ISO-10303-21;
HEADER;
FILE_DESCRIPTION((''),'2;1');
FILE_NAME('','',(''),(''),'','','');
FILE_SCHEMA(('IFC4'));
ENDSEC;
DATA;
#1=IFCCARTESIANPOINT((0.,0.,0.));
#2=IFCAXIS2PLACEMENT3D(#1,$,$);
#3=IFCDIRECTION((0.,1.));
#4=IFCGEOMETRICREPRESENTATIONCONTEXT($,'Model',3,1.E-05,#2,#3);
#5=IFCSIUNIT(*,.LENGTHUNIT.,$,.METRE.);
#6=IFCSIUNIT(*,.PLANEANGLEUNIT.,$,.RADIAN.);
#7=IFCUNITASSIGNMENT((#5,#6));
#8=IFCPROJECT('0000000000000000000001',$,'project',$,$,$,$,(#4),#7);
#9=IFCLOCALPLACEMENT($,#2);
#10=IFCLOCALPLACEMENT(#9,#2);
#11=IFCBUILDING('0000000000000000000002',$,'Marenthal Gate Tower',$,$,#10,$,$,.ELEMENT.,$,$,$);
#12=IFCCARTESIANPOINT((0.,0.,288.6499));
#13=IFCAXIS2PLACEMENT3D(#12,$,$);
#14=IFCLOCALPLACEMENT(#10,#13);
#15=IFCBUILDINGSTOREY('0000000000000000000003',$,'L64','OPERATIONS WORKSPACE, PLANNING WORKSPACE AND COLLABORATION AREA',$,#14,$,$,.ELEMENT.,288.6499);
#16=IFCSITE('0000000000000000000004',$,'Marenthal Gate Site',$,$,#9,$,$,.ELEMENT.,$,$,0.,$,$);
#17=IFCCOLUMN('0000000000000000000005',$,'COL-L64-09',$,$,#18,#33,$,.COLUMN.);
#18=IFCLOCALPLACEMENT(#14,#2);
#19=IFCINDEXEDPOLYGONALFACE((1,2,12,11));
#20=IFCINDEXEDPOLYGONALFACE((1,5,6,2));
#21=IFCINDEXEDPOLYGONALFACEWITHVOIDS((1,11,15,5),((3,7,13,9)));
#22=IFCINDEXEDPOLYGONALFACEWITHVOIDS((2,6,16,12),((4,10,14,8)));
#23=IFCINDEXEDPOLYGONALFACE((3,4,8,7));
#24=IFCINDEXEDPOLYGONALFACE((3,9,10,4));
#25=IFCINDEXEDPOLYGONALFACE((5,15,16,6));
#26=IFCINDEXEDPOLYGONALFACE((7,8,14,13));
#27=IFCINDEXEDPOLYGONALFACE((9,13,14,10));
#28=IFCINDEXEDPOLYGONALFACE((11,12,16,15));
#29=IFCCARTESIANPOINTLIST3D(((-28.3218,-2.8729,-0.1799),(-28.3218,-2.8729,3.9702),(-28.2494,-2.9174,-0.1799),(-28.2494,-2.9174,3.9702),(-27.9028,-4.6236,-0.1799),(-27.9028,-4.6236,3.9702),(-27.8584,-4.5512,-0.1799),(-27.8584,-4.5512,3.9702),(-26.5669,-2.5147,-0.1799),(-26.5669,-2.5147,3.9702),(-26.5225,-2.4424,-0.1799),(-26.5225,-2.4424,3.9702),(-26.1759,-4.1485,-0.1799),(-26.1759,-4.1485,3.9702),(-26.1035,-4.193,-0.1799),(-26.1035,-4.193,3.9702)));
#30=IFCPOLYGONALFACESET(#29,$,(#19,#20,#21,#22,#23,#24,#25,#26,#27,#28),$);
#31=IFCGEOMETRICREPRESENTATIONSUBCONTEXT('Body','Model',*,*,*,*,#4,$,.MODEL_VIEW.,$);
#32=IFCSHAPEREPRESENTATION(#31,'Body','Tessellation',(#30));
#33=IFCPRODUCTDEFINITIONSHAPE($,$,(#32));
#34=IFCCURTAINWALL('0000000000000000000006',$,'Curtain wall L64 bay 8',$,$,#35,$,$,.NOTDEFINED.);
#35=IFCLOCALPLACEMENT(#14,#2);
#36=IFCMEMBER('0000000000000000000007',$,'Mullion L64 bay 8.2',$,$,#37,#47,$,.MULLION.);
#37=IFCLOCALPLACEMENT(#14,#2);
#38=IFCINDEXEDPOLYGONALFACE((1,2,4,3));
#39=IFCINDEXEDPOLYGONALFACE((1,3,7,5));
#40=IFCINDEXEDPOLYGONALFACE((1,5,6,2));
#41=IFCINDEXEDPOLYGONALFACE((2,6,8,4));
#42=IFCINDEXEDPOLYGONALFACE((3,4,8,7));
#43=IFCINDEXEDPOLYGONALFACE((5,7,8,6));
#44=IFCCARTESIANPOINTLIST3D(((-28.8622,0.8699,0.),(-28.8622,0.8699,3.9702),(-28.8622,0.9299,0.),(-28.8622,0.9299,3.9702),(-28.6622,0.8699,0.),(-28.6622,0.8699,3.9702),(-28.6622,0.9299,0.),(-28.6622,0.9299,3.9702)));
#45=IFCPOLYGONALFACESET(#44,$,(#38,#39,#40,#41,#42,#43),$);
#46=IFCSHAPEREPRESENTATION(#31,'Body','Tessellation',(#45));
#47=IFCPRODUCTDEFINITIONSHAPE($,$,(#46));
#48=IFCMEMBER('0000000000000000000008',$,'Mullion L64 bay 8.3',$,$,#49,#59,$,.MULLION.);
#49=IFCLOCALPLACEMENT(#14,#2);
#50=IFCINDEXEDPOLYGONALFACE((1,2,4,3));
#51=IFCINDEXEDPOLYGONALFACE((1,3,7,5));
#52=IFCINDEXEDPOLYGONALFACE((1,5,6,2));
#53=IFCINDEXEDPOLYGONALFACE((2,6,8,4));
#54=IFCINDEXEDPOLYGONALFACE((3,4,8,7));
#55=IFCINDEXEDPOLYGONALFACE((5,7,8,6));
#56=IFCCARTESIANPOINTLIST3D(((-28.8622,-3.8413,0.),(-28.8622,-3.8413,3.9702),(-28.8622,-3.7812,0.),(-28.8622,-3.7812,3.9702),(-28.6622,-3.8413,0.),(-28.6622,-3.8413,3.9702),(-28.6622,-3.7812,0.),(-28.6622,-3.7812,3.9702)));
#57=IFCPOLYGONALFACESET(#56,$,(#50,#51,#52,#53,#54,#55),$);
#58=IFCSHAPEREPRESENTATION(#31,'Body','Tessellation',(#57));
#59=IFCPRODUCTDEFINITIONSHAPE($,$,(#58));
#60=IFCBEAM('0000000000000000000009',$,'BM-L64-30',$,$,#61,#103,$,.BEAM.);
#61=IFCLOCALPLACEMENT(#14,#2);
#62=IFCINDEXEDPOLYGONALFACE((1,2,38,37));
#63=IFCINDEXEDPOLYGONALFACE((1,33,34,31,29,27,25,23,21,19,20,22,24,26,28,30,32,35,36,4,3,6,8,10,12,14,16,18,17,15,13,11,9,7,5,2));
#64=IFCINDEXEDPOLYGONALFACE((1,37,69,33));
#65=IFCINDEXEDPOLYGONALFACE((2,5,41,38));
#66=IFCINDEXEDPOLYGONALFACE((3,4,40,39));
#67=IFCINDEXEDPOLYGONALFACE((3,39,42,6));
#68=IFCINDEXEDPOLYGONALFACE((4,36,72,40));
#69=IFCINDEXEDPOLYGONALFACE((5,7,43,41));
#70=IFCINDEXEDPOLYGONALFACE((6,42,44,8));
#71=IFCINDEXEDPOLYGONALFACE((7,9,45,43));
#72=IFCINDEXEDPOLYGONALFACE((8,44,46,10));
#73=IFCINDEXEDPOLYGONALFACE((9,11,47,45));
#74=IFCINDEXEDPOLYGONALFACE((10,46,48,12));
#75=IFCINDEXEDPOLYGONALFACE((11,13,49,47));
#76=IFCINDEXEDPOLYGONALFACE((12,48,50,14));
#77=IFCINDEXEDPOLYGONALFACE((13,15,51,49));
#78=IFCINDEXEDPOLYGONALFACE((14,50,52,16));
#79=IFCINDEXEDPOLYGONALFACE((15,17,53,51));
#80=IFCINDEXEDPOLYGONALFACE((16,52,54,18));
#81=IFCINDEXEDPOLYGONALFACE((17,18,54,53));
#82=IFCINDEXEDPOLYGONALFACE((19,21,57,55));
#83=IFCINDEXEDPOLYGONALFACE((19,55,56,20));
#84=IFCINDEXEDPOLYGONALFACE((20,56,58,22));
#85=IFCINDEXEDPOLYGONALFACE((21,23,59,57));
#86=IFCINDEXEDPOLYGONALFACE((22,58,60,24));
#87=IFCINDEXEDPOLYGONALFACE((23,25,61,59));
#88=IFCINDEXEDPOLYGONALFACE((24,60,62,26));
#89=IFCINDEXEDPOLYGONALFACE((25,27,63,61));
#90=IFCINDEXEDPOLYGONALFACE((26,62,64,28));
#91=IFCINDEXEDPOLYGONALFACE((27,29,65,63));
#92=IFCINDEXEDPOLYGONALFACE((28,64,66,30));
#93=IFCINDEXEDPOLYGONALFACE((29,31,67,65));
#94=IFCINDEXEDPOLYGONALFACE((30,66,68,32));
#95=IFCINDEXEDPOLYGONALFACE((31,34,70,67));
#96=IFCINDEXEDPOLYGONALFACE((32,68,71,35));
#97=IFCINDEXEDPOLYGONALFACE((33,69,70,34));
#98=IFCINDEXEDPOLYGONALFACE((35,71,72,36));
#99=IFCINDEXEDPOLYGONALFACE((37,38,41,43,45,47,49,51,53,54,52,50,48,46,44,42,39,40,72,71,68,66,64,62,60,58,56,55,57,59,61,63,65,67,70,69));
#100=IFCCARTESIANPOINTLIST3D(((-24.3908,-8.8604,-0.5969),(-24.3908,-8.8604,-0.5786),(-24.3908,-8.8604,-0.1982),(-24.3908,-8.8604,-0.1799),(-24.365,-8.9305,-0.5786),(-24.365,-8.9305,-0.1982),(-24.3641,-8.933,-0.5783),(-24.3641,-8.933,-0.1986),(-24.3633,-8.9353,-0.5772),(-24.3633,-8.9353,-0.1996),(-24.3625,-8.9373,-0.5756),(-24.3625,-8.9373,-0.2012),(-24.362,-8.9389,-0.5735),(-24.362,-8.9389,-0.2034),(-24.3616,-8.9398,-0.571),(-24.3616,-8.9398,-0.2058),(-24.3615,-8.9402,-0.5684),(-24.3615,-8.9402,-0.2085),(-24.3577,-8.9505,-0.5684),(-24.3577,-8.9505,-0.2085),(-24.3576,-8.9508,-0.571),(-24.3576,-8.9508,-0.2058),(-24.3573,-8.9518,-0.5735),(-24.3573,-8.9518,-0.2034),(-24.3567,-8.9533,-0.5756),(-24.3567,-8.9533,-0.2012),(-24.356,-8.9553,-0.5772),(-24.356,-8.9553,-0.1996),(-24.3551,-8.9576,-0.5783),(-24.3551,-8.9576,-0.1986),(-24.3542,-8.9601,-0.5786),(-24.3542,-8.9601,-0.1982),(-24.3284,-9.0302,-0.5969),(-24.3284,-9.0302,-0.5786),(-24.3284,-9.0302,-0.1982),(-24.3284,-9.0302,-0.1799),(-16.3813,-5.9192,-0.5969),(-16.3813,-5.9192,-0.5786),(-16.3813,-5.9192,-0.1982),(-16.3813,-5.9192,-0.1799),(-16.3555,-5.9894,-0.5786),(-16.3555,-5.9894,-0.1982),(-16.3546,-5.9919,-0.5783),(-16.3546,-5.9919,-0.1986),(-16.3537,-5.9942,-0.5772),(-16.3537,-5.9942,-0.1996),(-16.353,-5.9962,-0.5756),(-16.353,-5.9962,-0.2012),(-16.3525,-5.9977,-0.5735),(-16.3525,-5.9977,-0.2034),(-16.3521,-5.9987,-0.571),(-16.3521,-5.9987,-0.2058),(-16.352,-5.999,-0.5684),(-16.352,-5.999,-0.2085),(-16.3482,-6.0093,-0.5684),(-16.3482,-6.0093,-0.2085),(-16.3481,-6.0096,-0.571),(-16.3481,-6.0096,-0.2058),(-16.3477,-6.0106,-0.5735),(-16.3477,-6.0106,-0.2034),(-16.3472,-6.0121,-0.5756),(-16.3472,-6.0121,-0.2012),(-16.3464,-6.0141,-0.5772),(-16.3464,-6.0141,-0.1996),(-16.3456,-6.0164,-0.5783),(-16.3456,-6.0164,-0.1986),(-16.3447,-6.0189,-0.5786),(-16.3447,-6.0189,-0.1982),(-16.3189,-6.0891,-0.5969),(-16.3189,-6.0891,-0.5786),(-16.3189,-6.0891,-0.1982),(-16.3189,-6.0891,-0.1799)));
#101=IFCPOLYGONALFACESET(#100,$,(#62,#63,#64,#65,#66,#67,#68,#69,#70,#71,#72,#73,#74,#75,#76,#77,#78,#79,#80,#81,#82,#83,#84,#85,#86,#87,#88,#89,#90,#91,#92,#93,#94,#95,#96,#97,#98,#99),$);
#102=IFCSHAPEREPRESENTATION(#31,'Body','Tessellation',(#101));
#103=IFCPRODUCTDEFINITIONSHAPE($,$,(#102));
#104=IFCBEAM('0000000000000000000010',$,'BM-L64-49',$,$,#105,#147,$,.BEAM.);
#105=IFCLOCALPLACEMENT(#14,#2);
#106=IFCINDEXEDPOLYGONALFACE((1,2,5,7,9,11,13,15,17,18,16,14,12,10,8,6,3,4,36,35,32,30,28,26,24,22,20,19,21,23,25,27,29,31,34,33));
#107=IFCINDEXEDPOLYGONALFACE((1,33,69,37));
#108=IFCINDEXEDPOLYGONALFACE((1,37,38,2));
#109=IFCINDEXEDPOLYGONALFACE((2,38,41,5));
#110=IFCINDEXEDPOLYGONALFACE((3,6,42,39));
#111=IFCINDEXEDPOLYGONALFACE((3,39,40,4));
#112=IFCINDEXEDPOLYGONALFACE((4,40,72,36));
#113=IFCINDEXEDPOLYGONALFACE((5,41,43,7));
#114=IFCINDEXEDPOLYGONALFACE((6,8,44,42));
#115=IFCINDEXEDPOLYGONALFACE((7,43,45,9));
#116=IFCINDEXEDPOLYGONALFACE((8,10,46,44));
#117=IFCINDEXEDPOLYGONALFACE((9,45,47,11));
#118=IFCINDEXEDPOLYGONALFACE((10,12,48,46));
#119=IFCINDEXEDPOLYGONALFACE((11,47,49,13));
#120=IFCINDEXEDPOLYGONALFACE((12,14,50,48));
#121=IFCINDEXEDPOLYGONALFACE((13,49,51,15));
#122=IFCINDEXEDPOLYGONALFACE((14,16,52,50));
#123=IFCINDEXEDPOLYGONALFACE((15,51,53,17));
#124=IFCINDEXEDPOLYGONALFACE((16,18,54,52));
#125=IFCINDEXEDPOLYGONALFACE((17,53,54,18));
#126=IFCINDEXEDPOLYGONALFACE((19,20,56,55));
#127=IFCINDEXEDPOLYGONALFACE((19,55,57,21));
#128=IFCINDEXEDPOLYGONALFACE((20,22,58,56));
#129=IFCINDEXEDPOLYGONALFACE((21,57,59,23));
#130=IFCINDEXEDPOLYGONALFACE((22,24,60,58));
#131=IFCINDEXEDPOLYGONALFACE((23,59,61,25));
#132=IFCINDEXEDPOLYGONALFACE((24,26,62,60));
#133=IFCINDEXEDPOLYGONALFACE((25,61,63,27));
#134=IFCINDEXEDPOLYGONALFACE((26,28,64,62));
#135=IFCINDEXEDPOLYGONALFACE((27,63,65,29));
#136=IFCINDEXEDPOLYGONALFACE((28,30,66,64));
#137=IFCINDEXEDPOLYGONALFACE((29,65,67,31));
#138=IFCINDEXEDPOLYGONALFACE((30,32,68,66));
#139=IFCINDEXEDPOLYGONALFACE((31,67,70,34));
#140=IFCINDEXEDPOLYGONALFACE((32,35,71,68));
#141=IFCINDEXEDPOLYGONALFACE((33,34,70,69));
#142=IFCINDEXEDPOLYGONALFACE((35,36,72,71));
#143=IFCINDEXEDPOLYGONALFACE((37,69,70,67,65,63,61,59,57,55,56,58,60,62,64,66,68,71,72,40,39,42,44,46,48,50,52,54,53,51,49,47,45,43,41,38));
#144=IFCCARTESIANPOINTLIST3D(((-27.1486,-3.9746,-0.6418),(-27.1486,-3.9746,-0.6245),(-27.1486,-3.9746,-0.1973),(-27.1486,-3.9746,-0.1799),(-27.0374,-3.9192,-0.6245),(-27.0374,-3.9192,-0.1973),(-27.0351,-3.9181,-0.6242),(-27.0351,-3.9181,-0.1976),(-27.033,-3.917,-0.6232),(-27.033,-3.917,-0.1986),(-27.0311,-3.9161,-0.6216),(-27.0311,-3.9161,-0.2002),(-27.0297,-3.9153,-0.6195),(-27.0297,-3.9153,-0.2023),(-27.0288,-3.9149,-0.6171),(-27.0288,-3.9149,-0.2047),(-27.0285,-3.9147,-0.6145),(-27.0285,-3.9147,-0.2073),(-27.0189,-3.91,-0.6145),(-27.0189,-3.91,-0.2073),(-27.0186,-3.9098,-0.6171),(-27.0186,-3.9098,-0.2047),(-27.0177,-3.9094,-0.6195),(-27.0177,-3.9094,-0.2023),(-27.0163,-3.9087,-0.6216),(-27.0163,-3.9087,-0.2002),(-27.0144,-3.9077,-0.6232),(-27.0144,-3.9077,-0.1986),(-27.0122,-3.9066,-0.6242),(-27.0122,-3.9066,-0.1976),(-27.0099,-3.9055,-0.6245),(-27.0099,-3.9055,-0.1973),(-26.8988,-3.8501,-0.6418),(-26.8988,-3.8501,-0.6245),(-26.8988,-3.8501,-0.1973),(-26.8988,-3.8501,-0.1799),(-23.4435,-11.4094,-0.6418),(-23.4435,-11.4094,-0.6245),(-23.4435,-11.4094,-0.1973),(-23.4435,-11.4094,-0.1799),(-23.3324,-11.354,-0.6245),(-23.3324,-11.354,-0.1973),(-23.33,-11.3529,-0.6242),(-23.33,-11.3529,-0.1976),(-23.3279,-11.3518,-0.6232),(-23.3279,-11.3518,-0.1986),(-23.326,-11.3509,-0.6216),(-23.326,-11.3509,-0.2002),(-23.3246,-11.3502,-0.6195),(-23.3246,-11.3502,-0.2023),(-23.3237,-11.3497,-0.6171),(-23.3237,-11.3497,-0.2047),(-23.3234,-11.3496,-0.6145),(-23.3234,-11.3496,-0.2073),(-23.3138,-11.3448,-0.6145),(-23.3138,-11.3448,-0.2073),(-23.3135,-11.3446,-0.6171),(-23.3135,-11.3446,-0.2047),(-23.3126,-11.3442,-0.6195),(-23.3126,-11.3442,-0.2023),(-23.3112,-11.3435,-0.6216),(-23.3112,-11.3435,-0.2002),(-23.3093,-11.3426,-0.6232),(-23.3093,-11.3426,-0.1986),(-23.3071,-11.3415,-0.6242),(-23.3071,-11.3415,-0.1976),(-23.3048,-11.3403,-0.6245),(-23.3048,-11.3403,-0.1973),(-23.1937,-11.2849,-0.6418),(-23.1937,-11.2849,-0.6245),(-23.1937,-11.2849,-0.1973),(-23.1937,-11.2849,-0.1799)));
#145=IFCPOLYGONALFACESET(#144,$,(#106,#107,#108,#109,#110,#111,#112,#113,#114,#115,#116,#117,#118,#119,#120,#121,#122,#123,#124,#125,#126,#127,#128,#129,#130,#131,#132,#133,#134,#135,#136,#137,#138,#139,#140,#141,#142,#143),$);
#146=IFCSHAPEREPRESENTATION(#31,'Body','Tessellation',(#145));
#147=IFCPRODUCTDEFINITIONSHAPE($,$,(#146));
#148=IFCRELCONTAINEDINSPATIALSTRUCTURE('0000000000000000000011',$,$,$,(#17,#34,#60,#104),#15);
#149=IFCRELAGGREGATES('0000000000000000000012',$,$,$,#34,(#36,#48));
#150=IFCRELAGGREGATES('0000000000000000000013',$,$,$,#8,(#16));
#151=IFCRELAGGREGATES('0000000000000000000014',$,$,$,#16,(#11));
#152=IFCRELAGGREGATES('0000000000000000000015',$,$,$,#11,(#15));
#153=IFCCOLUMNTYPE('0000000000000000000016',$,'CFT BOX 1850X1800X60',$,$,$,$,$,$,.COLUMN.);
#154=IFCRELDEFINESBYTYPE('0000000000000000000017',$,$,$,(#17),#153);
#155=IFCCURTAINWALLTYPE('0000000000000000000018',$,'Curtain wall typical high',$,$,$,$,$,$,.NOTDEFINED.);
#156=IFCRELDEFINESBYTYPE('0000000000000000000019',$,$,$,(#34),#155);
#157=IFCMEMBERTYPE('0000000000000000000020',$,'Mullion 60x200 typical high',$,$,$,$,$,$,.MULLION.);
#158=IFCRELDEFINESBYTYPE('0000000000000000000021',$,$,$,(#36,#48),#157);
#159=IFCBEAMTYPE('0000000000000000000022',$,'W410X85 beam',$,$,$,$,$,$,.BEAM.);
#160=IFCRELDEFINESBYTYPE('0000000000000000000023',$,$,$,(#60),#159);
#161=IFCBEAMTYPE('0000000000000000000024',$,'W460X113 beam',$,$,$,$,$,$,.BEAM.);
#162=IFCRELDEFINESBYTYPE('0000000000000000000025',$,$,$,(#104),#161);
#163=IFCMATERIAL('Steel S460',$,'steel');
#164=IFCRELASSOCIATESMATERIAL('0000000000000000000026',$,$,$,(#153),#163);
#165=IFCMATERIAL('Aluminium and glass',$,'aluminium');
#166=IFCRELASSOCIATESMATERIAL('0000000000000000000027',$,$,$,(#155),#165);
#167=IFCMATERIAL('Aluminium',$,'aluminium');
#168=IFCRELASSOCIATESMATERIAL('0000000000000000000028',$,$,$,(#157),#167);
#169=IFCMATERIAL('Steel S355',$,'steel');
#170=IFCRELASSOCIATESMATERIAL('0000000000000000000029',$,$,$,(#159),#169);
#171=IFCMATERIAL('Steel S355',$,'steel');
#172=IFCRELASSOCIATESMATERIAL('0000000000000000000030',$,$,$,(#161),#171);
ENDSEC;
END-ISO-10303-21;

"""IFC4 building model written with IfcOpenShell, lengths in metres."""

from ifc_helpers import new_model, si_unit, direction, frame, origin, origin_2d, place, context, subcontext, project, spatial, rectangle, hollow_rectangle, i_section, extrude, material, material_profile, profile_set, type_object, element, aggregate, save


model = new_model("IFC4")

# Units and contexts
model_context = context("Model", 3, precision=1e-05, world=origin(), true_north=direction((0.0, 1.0)))
body_context = subcontext(model_context, "Body", "Model", "MODEL_VIEW")
ifc_project = project(units=[si_unit("LENGTHUNIT", "METRE"), si_unit("PLANEANGLEUNIT", "RADIAN")], contexts=[model_context])

# Site, building, storey
site_placement = place(None, origin())
site = spatial("IfcSite", under=ifc_project, at=site_placement, Name="Marenthal Gate Site", CompositionType="ELEMENT", RefElevation=0.0)
building_placement = place(site_placement, origin())
building = spatial("IfcBuilding", under=site, at=building_placement, Name="Marenthal Gate Tower", CompositionType="ELEMENT")
storey_placement = place(building_placement, frame((0.0, 0.0, 288.6499)))
storey = spatial("IfcBuildingStorey", under=building, at=storey_placement, Name="L64", Description="OPERATIONS WORKSPACE, PLANNING WORKSPACE AND COLLABORATION AREA", CompositionType="ELEMENT", Elevation=288.6499)

# Column
ifc_material_1 = material(Name="Steel S460", Category="steel")
ifc_material_profile_1 = material_profile(ifc_material_1, hollow_rectangle(XDim=1.8, YDim=1.8501, WallThickness=0.0601, at=origin_2d()), Name="CFT BOX 1850X1800X60")
ifc_material_2 = material(Name="Concrete 70 MPa", Category="concrete")
ifc_material_profile_2 = material_profile(ifc_material_2, rectangle(XDim=1.6799, YDim=1.73, at=origin_2d()), Name="CFT BOX 1850X1800X60 INFILL")
ifc_profile_set_1 = profile_set([ifc_material_profile_1, ifc_material_profile_2], Name="Steel S460 shell, Concrete 70 MPa infill")
column_type = type_object("IfcColumnType", Name="CFT BOX 1850X1800X60", PredefinedType="COLUMN", material=ifc_profile_set_1)
column_placement = place(storey_placement, frame((-27.2126, -3.533, -0.1799), z_axis=(0.0, 0.0, 1.0), x_axis=(-0.232739, 0.972539, 0.0)))
element("IfcColumn", 1, at=column_placement, inside=storey, type_object=column_type, Name="COL-L64-09", PredefinedType="COLUMN", context=body_context, shape_type="SweptSolid", body=[
    extrude(hollow_rectangle(XDim=1.8, YDim=1.8501, WallThickness=0.0601, at=origin_2d()), origin(), (0.0, 0.0, 1.0), 4.1501),
])

# Curtain wall, members
ifc_material_3 = material(Name="Aluminium and glass", Category="aluminium")
curtain_wall_type = type_object("IfcCurtainWallType", Name="Curtain wall typical high", PredefinedType="NOTDEFINED", material=ifc_material_3)
curtain_wall_placement = place(storey_placement, origin())
curtain_wall = element("IfcCurtainWall", 2, at=curtain_wall_placement, inside=storey, type_object=curtain_wall_type, Name="Curtain wall L64 bay 8", PredefinedType="NOTDEFINED")
ifc_material_4 = material(Name="Aluminium", Category="aluminium")
ifc_material_profile_3 = material_profile(ifc_material_4, rectangle(XDim=0.2, YDim=0.0601, at=origin_2d()), Name="60x200 aluminium mullion")
ifc_profile_set_2 = profile_set([ifc_material_profile_3], Name="Aluminium")
member_type = type_object("IfcMemberType", Name="Mullion 60x200 typical high", PredefinedType="MULLION", material=ifc_profile_set_2)
member_1_placement = place(storey_placement, frame((-28.7622, 0.8999, 0.0), z_axis=(0.0, 0.0, 1.0), x_axis=(1.0, 0.0, 0.0)))
member_1 = element("IfcMember", 3, at=member_1_placement, type_object=member_type, Name="Mullion L64 bay 8.2", PredefinedType="MULLION", context=body_context, shape_type="SweptSolid", body=[
    extrude(rectangle(XDim=0.2, YDim=0.0601, at=origin_2d()), origin(), (0.0, 0.0, 1.0), 3.9702),
])
member_2_placement = place(storey_placement, frame((-28.7622, -3.8113, 0.0), z_axis=(0.0, 0.0, 1.0), x_axis=(1.0, 0.0, 0.0)))
member_2 = element("IfcMember", 4, at=member_2_placement, type_object=member_type, Name="Mullion L64 bay 8.3", PredefinedType="MULLION", context=body_context, shape_type="SweptSolid", body=[
    extrude(rectangle(XDim=0.2, YDim=0.0601, at=origin_2d()), origin(), (0.0, 0.0, 1.0), 3.9702),
])

# Beams
ifc_material_5 = material(Name="Steel S355", Category="steel")
ifc_material_profile_4 = material_profile(ifc_material_5, i_section(OverallWidth=0.1809, OverallDepth=0.417, WebThickness=0.011, FlangeThickness=0.0183, FilletRadius=0.0103, at=origin_2d()), Name="W410X85")
ifc_profile_set_3 = profile_set([ifc_material_profile_4], Name="Steel S355")
beam_type_1 = type_object("IfcBeamType", Name="W410X85 beam", PredefinedType="BEAM", material=ifc_profile_set_3)
beam_1_placement = place(storey_placement, frame((-24.3596, -8.9453, -0.3884), z_axis=(0.938712, 0.344703, 0.0), x_axis=(-0.344703, 0.938712, 0.0)))
element("IfcBeam", 5, at=beam_1_placement, inside=storey, type_object=beam_type_1, Name="BM-L64-30", PredefinedType="BEAM", context=body_context, shape_type="SweptSolid", body=[
    extrude(i_section(OverallWidth=0.1809, OverallDepth=0.417, WebThickness=0.011, FlangeThickness=0.0183, FilletRadius=0.0103, at=origin_2d()), origin(), (0.0, 0.0, 1.0), 8.5325),
])
ifc_material_6 = material(Name="Steel S355", Category="steel")
ifc_material_profile_5 = material_profile(ifc_material_6, i_section(OverallWidth=0.2791, OverallDepth=0.4619, WebThickness=0.0107, FlangeThickness=0.0173, FilletRadius=0.01, at=origin_2d()), Name="W460X113")
ifc_profile_set_4 = profile_set([ifc_material_profile_5], Name="Steel S355")
beam_type_2 = type_object("IfcBeamType", Name="W460X113 beam", PredefinedType="BEAM", material=ifc_profile_set_4)
beam_2_placement = place(storey_placement, frame((-27.0237, -3.9124, -0.4109), z_axis=(0.446026, -0.89502, 0.0), x_axis=(0.89502, 0.446026, 0.0)))
element("IfcBeam", 6, at=beam_2_placement, inside=storey, type_object=beam_type_2, Name="BM-L64-49", PredefinedType="BEAM", context=body_context, shape_type="SweptSolid", body=[
    extrude(i_section(OverallWidth=0.2791, OverallDepth=0.4619, WebThickness=0.0107, FlangeThickness=0.0173, FilletRadius=0.01, at=origin_2d()), origin(), (0.0, 0.0, 1.0), 8.3069),
])

aggregate(curtain_wall, [member_1, member_2])

save(model, "model.ifc")
